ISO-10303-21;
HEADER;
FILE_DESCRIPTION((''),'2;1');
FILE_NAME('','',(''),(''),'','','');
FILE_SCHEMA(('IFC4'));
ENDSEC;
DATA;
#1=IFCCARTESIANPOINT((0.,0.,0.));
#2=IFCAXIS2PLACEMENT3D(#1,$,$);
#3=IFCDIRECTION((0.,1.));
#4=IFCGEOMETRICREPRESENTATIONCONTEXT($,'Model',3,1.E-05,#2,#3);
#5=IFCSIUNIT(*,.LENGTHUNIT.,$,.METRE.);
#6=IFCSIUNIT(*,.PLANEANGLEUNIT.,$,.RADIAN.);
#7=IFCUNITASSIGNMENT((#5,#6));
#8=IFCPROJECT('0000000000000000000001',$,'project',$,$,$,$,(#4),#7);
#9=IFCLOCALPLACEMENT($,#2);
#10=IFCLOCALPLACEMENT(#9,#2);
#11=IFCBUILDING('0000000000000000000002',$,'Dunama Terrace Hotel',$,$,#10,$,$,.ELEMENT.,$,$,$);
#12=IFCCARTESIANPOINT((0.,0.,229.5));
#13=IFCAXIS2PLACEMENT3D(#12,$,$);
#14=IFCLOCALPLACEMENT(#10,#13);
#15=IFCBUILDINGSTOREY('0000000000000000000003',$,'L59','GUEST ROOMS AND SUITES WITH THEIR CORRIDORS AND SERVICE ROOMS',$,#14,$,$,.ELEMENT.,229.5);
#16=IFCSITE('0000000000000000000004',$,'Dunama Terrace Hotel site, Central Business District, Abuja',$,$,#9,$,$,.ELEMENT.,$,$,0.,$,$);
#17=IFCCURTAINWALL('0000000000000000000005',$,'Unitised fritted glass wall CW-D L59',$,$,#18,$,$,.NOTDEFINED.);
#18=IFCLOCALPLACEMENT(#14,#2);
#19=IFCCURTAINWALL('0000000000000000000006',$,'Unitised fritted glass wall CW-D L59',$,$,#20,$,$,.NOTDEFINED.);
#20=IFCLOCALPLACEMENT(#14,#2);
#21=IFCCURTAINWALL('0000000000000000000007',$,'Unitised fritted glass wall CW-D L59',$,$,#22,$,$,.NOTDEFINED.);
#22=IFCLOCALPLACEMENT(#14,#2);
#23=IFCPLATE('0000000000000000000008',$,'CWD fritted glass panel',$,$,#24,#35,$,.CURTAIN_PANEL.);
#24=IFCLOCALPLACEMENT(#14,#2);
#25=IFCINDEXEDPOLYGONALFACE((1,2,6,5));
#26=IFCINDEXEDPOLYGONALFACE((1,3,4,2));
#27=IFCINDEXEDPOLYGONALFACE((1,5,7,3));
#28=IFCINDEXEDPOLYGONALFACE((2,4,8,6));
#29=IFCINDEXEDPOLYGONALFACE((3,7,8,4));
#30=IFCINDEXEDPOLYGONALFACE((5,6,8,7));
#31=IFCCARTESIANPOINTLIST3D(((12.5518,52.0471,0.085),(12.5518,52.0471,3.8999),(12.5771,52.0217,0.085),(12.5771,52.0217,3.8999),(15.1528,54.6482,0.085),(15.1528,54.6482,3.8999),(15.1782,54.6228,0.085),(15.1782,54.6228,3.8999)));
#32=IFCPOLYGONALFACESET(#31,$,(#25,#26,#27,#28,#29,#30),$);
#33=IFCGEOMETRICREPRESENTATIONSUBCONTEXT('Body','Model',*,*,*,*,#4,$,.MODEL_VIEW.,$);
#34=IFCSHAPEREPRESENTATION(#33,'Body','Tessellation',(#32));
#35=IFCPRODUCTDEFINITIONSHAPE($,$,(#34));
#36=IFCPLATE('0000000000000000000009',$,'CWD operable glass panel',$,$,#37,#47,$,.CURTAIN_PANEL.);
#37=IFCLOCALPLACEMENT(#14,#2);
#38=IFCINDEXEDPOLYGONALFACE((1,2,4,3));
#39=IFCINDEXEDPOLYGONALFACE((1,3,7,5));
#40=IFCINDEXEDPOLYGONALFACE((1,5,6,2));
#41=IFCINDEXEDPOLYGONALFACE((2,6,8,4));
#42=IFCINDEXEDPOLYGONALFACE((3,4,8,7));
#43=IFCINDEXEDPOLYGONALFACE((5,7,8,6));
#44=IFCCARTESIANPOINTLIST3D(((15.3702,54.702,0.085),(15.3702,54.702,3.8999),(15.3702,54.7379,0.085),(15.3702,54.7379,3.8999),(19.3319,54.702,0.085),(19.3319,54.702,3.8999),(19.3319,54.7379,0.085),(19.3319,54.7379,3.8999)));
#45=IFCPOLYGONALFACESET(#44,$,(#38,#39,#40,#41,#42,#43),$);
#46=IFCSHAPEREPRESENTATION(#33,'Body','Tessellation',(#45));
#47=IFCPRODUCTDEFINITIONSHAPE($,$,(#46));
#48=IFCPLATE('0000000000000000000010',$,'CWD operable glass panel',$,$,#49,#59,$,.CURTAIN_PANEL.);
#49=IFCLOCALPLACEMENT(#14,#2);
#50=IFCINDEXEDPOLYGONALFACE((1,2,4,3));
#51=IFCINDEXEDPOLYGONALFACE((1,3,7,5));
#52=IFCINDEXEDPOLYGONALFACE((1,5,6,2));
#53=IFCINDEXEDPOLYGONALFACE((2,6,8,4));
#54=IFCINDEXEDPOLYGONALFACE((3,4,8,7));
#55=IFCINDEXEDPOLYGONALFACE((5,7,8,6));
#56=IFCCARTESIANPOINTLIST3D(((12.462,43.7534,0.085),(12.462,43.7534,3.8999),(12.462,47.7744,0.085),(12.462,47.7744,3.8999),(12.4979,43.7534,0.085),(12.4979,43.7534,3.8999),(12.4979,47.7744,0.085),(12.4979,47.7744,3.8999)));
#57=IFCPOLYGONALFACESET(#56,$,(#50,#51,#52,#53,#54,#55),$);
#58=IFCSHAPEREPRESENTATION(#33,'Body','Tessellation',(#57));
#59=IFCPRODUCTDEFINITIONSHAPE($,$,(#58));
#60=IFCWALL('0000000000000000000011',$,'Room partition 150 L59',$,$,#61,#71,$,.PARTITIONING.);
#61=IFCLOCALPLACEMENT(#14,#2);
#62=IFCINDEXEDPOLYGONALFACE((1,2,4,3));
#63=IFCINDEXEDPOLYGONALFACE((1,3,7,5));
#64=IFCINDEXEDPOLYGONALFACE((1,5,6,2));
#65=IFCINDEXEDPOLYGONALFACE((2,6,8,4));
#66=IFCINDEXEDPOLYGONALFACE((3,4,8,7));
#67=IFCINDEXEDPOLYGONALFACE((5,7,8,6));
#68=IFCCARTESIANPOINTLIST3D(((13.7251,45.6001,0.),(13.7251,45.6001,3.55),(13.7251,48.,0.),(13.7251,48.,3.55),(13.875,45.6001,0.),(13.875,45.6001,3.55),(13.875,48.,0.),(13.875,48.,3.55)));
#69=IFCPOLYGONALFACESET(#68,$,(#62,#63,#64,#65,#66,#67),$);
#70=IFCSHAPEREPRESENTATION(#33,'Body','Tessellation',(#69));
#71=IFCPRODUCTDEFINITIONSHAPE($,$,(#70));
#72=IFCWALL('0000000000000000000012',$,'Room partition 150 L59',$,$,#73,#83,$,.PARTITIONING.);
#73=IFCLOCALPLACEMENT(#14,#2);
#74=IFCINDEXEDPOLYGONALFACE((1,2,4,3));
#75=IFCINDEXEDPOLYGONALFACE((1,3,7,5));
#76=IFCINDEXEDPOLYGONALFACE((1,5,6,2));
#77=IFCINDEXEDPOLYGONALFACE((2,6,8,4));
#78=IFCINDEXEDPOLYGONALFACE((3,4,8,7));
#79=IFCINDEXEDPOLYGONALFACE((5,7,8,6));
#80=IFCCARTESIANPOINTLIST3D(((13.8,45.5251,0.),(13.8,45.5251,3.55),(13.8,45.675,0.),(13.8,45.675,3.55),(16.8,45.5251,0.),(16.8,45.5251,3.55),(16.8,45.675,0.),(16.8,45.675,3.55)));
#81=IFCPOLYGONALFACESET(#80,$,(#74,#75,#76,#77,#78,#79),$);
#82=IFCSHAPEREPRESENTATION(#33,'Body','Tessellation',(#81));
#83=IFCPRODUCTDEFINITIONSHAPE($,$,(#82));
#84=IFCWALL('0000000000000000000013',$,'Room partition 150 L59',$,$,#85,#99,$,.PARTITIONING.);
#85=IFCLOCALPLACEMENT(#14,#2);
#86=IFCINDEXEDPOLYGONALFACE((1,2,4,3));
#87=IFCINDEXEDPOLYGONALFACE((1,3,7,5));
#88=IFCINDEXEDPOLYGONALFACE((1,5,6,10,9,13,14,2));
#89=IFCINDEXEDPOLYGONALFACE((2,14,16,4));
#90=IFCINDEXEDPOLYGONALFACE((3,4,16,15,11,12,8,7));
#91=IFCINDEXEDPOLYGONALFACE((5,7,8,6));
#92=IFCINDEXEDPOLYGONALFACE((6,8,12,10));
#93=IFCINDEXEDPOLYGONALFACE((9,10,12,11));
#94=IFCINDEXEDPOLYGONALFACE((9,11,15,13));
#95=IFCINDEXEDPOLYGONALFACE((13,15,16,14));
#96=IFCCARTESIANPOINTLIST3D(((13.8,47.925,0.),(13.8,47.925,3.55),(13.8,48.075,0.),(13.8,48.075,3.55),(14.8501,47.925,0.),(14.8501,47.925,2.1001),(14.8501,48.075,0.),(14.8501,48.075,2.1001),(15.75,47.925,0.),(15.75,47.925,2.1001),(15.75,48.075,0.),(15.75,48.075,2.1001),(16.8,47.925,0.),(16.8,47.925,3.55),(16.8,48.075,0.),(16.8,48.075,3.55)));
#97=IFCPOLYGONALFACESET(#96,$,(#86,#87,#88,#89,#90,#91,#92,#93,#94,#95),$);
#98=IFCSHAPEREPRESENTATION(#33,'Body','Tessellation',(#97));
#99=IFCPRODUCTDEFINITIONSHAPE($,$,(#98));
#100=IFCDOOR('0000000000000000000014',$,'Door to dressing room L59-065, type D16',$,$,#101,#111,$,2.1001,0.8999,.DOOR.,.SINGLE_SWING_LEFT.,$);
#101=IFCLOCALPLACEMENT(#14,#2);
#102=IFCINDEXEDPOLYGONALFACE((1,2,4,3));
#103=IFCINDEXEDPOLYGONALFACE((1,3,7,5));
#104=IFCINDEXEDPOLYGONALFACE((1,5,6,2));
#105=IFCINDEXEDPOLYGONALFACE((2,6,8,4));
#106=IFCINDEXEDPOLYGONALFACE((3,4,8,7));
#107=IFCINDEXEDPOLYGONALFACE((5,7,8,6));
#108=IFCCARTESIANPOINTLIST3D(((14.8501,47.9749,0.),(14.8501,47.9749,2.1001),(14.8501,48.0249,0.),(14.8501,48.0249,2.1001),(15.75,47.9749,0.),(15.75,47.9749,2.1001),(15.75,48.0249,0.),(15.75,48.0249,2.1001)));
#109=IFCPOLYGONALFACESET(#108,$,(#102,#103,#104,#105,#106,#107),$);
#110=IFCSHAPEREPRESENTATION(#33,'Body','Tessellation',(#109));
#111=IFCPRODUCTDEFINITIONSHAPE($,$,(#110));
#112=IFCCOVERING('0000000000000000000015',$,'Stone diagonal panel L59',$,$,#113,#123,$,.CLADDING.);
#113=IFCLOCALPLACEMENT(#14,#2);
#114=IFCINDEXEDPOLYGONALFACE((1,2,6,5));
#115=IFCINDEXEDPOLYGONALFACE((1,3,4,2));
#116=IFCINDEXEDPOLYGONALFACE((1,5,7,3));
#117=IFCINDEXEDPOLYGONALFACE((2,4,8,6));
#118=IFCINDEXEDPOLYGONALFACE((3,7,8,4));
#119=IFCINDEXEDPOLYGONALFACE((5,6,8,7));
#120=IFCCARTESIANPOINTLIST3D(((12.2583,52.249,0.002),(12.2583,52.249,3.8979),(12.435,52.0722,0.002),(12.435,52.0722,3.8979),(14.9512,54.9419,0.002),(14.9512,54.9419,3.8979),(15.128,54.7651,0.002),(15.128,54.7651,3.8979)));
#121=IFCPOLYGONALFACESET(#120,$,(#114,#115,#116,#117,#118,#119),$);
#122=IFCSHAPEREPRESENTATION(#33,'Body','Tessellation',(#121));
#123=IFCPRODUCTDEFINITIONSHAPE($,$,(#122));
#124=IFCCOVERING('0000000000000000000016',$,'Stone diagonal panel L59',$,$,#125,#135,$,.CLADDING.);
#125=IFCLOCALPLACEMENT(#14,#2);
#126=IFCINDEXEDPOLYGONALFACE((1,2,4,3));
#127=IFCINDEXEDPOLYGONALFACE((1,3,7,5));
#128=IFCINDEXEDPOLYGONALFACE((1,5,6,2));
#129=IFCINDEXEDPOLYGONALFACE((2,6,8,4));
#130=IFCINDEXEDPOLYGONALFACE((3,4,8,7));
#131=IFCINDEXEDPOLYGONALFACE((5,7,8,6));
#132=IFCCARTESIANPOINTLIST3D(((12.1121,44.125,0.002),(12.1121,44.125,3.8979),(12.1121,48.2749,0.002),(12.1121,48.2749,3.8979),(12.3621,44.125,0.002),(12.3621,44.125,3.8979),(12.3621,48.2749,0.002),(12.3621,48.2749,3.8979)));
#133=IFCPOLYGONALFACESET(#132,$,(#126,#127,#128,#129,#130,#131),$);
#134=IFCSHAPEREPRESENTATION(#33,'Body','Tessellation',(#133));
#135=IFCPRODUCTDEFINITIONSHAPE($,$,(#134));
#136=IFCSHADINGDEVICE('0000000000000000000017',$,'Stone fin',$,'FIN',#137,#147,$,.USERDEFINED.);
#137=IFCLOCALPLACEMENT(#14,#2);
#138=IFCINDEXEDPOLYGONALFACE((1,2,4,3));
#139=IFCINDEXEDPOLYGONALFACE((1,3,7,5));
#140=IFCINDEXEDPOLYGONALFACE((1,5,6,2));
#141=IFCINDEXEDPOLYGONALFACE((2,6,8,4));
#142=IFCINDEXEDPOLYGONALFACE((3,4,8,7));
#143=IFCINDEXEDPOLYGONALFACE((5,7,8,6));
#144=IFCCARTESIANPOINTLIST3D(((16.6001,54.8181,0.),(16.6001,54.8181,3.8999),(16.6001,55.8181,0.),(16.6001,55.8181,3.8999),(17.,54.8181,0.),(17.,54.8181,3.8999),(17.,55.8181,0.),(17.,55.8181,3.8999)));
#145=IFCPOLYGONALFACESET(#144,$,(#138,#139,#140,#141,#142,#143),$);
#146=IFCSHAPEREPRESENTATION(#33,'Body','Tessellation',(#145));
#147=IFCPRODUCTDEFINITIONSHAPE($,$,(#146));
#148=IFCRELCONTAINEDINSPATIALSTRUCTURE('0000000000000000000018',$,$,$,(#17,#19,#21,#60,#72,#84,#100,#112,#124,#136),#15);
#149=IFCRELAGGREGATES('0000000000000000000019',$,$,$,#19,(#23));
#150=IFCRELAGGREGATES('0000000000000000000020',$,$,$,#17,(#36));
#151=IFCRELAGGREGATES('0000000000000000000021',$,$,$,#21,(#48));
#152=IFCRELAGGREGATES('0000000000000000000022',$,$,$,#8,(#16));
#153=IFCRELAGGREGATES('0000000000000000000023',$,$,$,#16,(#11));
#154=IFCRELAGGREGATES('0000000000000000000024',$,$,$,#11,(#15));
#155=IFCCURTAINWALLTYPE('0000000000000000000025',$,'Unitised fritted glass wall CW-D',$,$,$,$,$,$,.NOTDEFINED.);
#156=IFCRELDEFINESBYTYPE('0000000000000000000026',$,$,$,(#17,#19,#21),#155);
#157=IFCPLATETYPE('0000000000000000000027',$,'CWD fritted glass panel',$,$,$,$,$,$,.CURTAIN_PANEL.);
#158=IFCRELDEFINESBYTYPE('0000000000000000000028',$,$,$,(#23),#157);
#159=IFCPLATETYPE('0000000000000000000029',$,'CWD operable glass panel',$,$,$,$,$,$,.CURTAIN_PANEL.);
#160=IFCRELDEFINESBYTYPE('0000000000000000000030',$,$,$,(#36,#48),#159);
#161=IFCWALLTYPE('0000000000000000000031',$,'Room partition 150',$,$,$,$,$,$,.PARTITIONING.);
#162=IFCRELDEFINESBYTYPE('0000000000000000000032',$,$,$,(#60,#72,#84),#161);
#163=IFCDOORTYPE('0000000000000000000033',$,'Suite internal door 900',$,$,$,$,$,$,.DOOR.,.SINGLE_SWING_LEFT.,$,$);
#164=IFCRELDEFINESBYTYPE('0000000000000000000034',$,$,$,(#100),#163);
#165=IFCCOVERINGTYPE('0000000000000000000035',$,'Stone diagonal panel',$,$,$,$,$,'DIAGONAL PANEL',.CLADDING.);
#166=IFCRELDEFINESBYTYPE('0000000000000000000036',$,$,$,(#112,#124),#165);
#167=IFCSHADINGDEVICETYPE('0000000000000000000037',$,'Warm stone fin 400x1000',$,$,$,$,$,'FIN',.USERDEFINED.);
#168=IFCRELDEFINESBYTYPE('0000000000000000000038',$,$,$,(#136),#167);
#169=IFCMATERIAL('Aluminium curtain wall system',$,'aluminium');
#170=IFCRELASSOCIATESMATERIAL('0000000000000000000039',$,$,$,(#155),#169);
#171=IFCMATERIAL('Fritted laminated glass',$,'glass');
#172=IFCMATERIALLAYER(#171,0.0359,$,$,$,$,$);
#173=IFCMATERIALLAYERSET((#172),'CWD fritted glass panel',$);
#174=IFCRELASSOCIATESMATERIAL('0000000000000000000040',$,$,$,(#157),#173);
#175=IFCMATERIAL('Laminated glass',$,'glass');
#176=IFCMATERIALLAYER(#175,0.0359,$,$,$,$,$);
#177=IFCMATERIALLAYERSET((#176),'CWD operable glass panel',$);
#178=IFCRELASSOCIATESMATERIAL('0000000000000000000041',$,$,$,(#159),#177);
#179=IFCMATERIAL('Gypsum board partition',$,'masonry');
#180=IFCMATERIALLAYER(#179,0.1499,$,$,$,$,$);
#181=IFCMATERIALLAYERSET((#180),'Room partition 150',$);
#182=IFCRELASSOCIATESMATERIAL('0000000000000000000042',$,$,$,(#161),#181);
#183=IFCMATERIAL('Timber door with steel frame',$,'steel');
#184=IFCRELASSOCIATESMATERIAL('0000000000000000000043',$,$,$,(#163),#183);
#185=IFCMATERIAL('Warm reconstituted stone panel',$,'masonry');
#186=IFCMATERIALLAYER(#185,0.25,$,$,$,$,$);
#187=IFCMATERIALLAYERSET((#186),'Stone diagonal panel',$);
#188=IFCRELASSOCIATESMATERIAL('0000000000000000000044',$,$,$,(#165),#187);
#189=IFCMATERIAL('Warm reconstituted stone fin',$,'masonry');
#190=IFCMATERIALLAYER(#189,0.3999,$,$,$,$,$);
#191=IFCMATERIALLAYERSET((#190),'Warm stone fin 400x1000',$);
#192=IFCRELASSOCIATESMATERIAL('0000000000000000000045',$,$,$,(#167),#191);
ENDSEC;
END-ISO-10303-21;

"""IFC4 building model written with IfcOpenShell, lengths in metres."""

from ifc_helpers import new_model, si_unit, direction, frame, frame_2d, origin, origin_2d, place, context, subcontext, project, spatial, rectangle, extrude, material, layer, layer_set, type_object, element, fill, aggregate, save


model = new_model("IFC4")

# Units and contexts
model_context = context("Model", 3, precision=1e-05, world=origin(), true_north=direction((0.0, 1.0)))
body_context = subcontext(model_context, "Body", "Model", "MODEL_VIEW")
ifc_project = project(units=[si_unit("LENGTHUNIT", "METRE"), si_unit("PLANEANGLEUNIT", "RADIAN")], contexts=[model_context])

# Site, building, storey
site_placement = place(None, origin())
site = spatial("IfcSite", under=ifc_project, at=site_placement, Name="Dunama Terrace Hotel site, Central Business District, Abuja", CompositionType="ELEMENT", RefElevation=0.0)
building_placement = place(site_placement, origin())
building = spatial("IfcBuilding", under=site, at=building_placement, Name="Dunama Terrace Hotel", CompositionType="ELEMENT")
storey_placement = place(building_placement, frame((0.0, 0.0, 229.5)))
storey = spatial("IfcBuildingStorey", under=building, at=storey_placement, Name="L59", Description="GUEST ROOMS AND SUITES WITH THEIR CORRIDORS AND SERVICE ROOMS", CompositionType="ELEMENT", Elevation=229.5)

# Curtain wall
ifc_material_1 = material(Name="Aluminium curtain wall system", Category="aluminium")
curtain_wall_type = type_object("IfcCurtainWallType", Name="Unitised fritted glass wall CW-D", PredefinedType="NOTDEFINED", material=ifc_material_1)
curtain_wall_1_placement = place(storey_placement, origin())
curtain_wall_1 = element("IfcCurtainWall", 1, at=curtain_wall_1_placement, inside=storey, type_object=curtain_wall_type, Name="Unitised fritted glass wall CW-D L59", PredefinedType="NOTDEFINED")

# Curtain walls
curtain_wall_2_placement = place(storey_placement, origin())
curtain_wall_2 = element("IfcCurtainWall", 2, at=curtain_wall_2_placement, inside=storey, type_object=curtain_wall_type, Name="Unitised fritted glass wall CW-D L59", PredefinedType="NOTDEFINED")
curtain_wall_3_placement = place(storey_placement, origin())
curtain_wall_3 = element("IfcCurtainWall", 3, at=curtain_wall_3_placement, inside=storey, type_object=curtain_wall_type, Name="Unitised fritted glass wall CW-D L59", PredefinedType="NOTDEFINED")

# Plates
ifc_material_2 = material(Name="Fritted laminated glass", Category="glass")
ifc_layer_1 = layer(ifc_material_2, 0.0359)
ifc_layer_set_1 = layer_set([ifc_layer_1], Name="CWD fritted glass panel")
plate_type_1 = type_object("IfcPlateType", Name="CWD fritted glass panel", PredefinedType="CURTAIN_PANEL", material=ifc_layer_set_1)
plate_1_placement = place(storey_placement, frame((13.865, 53.335, 0.085), z_axis=(0.0, 0.0, 1.0), x_axis=(-0.707107, -0.707107, 0.0)))
plate_1 = element("IfcPlate", 4, at=plate_1_placement, type_object=plate_type_1, Name="CWD fritted glass panel", PredefinedType="CURTAIN_PANEL", context=body_context, shape_type="SweptSolid", body=[
    extrude(rectangle(XDim=3.6785, YDim=0.0359, at=origin_2d()), origin(), (0.0, 0.0, 1.0), 3.8149),
])
aggregate(curtain_wall_2, [plate_1])
ifc_material_3 = material(Name="Laminated glass", Category="glass")
ifc_layer_2 = layer(ifc_material_3, 0.0359)
ifc_layer_set_2 = layer_set([ifc_layer_2], Name="CWD operable glass panel")
plate_type_2 = type_object("IfcPlateType", Name="CWD operable glass panel", PredefinedType="CURTAIN_PANEL", material=ifc_layer_set_2)
plate_2_placement = place(storey_placement, frame((17.3511, 54.72, 0.085), z_axis=(0.0, 0.0, 1.0), x_axis=(-1.0, 0.0, 0.0)))
plate_2 = element("IfcPlate", 5, at=plate_2_placement, type_object=plate_type_2, Name="CWD operable glass panel", PredefinedType="CURTAIN_PANEL", context=body_context, shape_type="SweptSolid", body=[
    extrude(rectangle(XDim=3.9617, YDim=0.0359, at=origin_2d()), origin(), (0.0, 0.0, 1.0), 3.8149),
])
aggregate(curtain_wall_1, [plate_2])
plate_3_placement = place(storey_placement, frame((12.48, 45.7639, 0.085), z_axis=(0.0, 0.0, 1.0), x_axis=(0.0, -1.0, 0.0)))
plate_3 = element("IfcPlate", 6, at=plate_3_placement, type_object=plate_type_2, Name="CWD operable glass panel", PredefinedType="CURTAIN_PANEL", context=body_context, shape_type="SweptSolid", body=[
    extrude(rectangle(XDim=4.021, YDim=0.0359, at=origin_2d()), origin(), (0.0, 0.0, 1.0), 3.8149),
])
aggregate(curtain_wall_3, [plate_3])

# Walls
ifc_material_4 = material(Name="Gypsum board partition", Category="masonry")
ifc_layer_3 = layer(ifc_material_4, 0.1499)
ifc_layer_set_3 = layer_set([ifc_layer_3], Name="Room partition 150")
wall_type = type_object("IfcWallType", Name="Room partition 150", PredefinedType="PARTITIONING", material=ifc_layer_set_3)
wall_1_placement = place(storey_placement, frame((13.8, 45.6001, 0.0), z_axis=(0.0, 0.0, 1.0), x_axis=(0.0, 1.0, 0.0)))
element("IfcWall", 7, at=wall_1_placement, inside=storey, type_object=wall_type, Name="Room partition 150 L59", PredefinedType="PARTITIONING", context=body_context, shape_type="SweptSolid", body=[
    extrude(rectangle(XDim=2.3999, YDim=0.1499, at=frame_2d((1.2, 0.0))), origin(), (0.0, 0.0, 1.0), 3.55),
])
wall_2_placement = place(storey_placement, frame((13.8, 45.6001, 0.0), z_axis=(0.0, 0.0, 1.0), x_axis=(1.0, 0.0, 0.0)))
element("IfcWall", 8, at=wall_2_placement, inside=storey, type_object=wall_type, Name="Room partition 150 L59", PredefinedType="PARTITIONING", context=body_context, shape_type="SweptSolid", body=[
    extrude(rectangle(XDim=3.0, YDim=0.1499, at=frame_2d((1.5, 0.0))), origin(), (0.0, 0.0, 1.0), 3.55),
])

# Wall, opening, door
wall_3_placement = place(storey_placement, frame((13.8, 48.0, 0.0), z_axis=(0.0, 0.0, 1.0), x_axis=(1.0, 0.0, 0.0)))
wall_3 = element("IfcWall", 9, at=wall_3_placement, inside=storey, type_object=wall_type, Name="Room partition 150 L59", PredefinedType="PARTITIONING", context=body_context, shape_type="SweptSolid", body=[
    extrude(rectangle(XDim=3.0, YDim=0.1499, at=frame_2d((1.5, 0.0))), origin(), (0.0, 0.0, 1.0), 3.55),
])
opening_placement = place(wall_3_placement, frame((1.05, 0.0, 0.0)))
opening = element("IfcOpeningElement", 10, at=opening_placement, cuts=wall_3, PredefinedType="OPENING", context=body_context, shape_type="SweptSolid", body=[
    extrude(rectangle(XDim=0.8999, YDim=2.1001, at=frame_2d((0.45, 1.05))), frame((0.0, 0.085, 0.0), z_axis=(0.0, -1.0, 0.0), x_axis=(1.0, 0.0, 0.0)), (0.0, 0.0, 1.0), 0.1699),
])
ifc_material_5 = material(Name="Timber door with steel frame", Category="steel")
door_type = type_object("IfcDoorType", Name="Suite internal door 900", OperationType="SINGLE_SWING_LEFT", PredefinedType="DOOR", material=ifc_material_5)
door_placement = place(opening_placement, frame((0.8999, 0.0, 0.0), z_axis=(0.0, 0.0, 1.0), x_axis=(-1.0, 0.0, 0.0)))
door = element("IfcDoor", 11, at=door_placement, inside=storey, type_object=door_type, Name="Door to dressing room L59-065, type D16", OperationType="SINGLE_SWING_LEFT", OverallHeight=2.1001, OverallWidth=0.8999, PredefinedType="DOOR", context=body_context, shape_type="SweptSolid", body=[
    extrude(rectangle(XDim=0.8999, YDim=2.1001, at=frame_2d((0.45, 1.05))), frame((0.0, 0.0251, 0.0), z_axis=(0.0, -1.0, 0.0), x_axis=(1.0, 0.0, 0.0)), (0.0, 0.0, 1.0), 0.05),
])
fill(opening, door)

# Coverings
ifc_material_6 = material(Name="Warm reconstituted stone panel", Category="masonry")
ifc_layer_4 = layer(ifc_material_6, 0.25)
ifc_layer_set_4 = layer_set([ifc_layer_4], Name="Stone diagonal panel")
covering_type = type_object("IfcCoveringType", Name="Stone diagonal panel", ElementType="DIAGONAL PANEL", PredefinedType="CLADDING", material=ifc_layer_set_4)
covering_1_placement = place(storey_placement, frame((13.6931, 53.5071, 0.002), z_axis=(0.0, 0.0, 1.0), x_axis=(-0.707107, -0.707107, 0.0)))
element("IfcCovering", 12, at=covering_1_placement, inside=storey, type_object=covering_type, Name="Stone diagonal panel L59", PredefinedType="CLADDING", context=body_context, shape_type="SweptSolid", body=[
    extrude(rectangle(XDim=3.8083, YDim=0.25, at=origin_2d()), origin(), (0.0, 0.0, 1.0), 3.896),
])
covering_2_placement = place(storey_placement, frame((12.2371, 46.2, 0.002), z_axis=(0.0, 0.0, 1.0), x_axis=(0.0, -1.0, 0.0)))
element("IfcCovering", 13, at=covering_2_placement, inside=storey, type_object=covering_type, Name="Stone diagonal panel L59", PredefinedType="CLADDING", context=body_context, shape_type="SweptSolid", body=[
    extrude(rectangle(XDim=4.1499, YDim=0.25, at=origin_2d()), origin(), (0.0, 0.0, 1.0), 3.896),
])

# Shading device
ifc_material_7 = material(Name="Warm reconstituted stone fin", Category="masonry")
ifc_layer_5 = layer(ifc_material_7, 0.3999)
ifc_layer_set_5 = layer_set([ifc_layer_5], Name="Warm stone fin 400x1000")
shading_device_type = type_object("IfcShadingDeviceType", Name="Warm stone fin 400x1000", ElementType="FIN", PredefinedType="USERDEFINED", material=ifc_layer_set_5)
shading_device_placement = place(storey_placement, frame((16.8, 55.3181, 0.0), z_axis=(0.0, 0.0, 1.0), x_axis=(-1.0, 0.0, 0.0)))
element("IfcShadingDevice", 14, at=shading_device_placement, inside=storey, type_object=shading_device_type, Name="Stone fin", ObjectType="FIN", PredefinedType="USERDEFINED", context=body_context, shape_type="SweptSolid", body=[
    extrude(rectangle(XDim=0.3999, YDim=1.0, at=origin_2d()), origin(), (0.0, 0.0, 1.0), 3.8999),
])

save(model, "model.ifc")
